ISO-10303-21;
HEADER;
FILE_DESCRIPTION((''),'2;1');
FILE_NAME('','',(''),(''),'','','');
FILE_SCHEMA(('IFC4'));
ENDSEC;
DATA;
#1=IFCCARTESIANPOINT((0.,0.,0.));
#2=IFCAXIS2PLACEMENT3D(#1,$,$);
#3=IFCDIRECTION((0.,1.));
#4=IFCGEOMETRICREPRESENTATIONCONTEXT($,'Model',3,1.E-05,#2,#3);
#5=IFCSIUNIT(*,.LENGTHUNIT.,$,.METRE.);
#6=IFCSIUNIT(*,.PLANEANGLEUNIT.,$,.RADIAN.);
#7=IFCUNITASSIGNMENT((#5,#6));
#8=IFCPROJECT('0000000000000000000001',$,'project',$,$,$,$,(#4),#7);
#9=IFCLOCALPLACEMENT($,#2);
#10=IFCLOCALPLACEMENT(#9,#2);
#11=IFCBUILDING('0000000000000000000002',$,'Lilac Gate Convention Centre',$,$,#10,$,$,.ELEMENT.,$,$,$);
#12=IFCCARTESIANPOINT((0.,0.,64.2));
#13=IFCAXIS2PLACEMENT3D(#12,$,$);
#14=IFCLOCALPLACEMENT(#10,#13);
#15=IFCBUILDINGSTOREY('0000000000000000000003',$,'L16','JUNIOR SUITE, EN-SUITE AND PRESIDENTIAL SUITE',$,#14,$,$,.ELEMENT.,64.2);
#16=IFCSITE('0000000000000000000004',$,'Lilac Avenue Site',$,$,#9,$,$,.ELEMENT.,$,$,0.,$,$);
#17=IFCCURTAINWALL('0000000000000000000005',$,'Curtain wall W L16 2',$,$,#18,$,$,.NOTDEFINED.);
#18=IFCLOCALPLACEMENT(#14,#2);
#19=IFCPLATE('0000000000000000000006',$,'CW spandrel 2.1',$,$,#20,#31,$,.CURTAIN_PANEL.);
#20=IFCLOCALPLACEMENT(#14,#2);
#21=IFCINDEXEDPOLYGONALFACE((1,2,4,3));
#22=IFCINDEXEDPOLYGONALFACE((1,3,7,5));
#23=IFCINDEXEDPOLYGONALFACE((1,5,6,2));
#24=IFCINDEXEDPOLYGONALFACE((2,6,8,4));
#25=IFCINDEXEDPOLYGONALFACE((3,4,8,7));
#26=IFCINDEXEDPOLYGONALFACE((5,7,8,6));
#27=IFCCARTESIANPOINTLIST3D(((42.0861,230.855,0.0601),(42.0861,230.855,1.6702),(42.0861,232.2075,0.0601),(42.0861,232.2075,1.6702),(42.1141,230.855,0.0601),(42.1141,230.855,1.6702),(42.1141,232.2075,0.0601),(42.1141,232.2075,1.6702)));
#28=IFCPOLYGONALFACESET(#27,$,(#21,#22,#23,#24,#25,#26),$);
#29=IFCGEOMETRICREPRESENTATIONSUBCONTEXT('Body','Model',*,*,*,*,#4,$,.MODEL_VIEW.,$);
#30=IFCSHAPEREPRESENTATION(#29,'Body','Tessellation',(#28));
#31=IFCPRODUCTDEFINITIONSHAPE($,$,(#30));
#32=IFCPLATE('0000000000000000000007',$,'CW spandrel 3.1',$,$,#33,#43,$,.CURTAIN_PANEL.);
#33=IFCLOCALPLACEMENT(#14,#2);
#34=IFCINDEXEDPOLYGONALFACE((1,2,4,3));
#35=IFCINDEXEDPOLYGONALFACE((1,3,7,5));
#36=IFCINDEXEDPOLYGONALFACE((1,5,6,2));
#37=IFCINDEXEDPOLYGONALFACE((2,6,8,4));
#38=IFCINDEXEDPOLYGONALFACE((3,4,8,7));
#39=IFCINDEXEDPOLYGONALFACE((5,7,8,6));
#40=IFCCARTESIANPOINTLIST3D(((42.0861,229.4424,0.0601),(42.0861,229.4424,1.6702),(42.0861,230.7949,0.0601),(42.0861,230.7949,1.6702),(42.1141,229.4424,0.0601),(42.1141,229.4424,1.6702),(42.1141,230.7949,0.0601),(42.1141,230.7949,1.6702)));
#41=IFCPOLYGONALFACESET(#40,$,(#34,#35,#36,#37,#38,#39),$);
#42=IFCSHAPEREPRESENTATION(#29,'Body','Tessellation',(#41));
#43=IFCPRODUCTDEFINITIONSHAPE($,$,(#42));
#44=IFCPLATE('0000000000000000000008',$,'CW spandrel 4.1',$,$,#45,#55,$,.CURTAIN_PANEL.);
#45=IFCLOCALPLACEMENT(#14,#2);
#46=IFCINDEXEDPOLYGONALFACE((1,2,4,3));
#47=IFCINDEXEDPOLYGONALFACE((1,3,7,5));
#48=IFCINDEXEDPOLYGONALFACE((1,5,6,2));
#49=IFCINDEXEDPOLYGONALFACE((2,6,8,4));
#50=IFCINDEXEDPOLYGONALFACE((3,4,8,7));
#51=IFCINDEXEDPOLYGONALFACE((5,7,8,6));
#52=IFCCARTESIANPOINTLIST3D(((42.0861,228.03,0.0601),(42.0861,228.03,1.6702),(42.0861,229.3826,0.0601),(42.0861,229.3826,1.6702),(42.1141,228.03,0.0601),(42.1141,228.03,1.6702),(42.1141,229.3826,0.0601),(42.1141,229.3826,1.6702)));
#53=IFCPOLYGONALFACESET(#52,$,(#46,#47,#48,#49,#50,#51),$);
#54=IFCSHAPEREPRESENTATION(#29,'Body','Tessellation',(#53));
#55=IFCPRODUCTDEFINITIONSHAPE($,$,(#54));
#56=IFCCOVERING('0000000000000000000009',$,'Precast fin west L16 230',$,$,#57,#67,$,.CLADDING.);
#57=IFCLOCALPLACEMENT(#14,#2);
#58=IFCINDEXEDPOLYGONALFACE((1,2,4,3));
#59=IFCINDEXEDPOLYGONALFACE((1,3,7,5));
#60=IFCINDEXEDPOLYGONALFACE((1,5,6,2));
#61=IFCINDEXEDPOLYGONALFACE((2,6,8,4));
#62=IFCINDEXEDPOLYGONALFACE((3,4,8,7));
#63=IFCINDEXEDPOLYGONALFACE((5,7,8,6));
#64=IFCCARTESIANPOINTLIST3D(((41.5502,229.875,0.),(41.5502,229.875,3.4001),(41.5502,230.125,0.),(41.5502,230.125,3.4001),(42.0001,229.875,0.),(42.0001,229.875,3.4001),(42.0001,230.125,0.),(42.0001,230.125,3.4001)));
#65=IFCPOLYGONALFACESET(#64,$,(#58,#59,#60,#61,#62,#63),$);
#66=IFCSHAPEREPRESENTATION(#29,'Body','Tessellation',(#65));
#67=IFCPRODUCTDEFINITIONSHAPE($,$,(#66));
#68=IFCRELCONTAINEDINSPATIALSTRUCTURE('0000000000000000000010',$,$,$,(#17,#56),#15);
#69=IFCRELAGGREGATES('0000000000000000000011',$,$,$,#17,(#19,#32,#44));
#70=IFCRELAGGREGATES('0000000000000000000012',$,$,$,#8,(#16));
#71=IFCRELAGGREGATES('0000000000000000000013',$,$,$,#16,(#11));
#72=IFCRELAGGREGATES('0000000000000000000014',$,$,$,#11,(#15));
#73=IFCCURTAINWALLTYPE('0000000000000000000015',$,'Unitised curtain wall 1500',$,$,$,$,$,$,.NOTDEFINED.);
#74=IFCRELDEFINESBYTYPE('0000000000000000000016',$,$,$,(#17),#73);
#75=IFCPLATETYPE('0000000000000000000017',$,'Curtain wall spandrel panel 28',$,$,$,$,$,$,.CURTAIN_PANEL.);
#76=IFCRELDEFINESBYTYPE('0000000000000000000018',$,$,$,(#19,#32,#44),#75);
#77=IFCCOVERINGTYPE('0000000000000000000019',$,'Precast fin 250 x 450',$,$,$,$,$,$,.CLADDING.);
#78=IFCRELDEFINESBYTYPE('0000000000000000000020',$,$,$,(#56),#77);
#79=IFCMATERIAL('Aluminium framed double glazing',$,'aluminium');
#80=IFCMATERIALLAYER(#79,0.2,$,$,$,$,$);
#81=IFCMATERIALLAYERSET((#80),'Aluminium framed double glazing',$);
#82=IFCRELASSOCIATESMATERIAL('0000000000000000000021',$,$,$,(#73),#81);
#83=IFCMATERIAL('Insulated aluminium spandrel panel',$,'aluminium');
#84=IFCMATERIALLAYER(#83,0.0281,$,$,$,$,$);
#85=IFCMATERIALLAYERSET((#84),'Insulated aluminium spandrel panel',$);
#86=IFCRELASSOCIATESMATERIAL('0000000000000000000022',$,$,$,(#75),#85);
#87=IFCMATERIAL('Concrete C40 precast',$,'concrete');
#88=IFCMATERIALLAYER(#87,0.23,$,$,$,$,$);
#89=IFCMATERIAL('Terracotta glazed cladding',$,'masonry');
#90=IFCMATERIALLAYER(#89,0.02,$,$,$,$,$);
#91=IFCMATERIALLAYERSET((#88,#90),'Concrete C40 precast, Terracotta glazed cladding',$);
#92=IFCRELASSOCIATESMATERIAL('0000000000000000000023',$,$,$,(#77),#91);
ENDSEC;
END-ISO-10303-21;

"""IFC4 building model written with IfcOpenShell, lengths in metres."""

from ifc_helpers import new_model, si_unit, direction, frame, frame_2d, origin, origin_2d, place, context, subcontext, project, spatial, rectangle, extrude, material, layer, layer_set, type_object, element, aggregate, save


model = new_model("IFC4")

# Units and contexts
model_context = context("Model", 3, precision=1e-05, world=origin(), true_north=direction((0.0, 1.0)))
body_context = subcontext(model_context, "Body", "Model", "MODEL_VIEW")
ifc_project = project(units=[si_unit("LENGTHUNIT", "METRE"), si_unit("PLANEANGLEUNIT", "RADIAN")], contexts=[model_context])

# Site, building, storey
site_placement = place(None, origin())
site = spatial("IfcSite", under=ifc_project, at=site_placement, Name="Lilac Avenue Site", CompositionType="ELEMENT", RefElevation=0.0)
building_placement = place(site_placement, origin())
building = spatial("IfcBuilding", under=site, at=building_placement, Name="Lilac Gate Convention Centre", CompositionType="ELEMENT")
storey_placement = place(building_placement, frame((0.0, 0.0, 64.2)))
storey = spatial("IfcBuildingStorey", under=building, at=storey_placement, Name="L16", Description="JUNIOR SUITE, EN-SUITE AND PRESIDENTIAL SUITE", CompositionType="ELEMENT", Elevation=64.2)

# Curtain wall, plates
ifc_material_1 = material(Name="Aluminium framed double glazing", Category="aluminium")
ifc_layer_1 = layer(ifc_material_1, 0.2)
ifc_layer_set_1 = layer_set([ifc_layer_1], Name="Aluminium framed double glazing")
curtain_wall_type = type_object("IfcCurtainWallType", Name="Unitised curtain wall 1500", PredefinedType="NOTDEFINED", material=ifc_layer_set_1)
curtain_wall_placement = place(storey_placement, origin())
curtain_wall = element("IfcCurtainWall", 1, at=curtain_wall_placement, inside=storey, type_object=curtain_wall_type, Name="Curtain wall W L16 2", PredefinedType="NOTDEFINED")
ifc_material_2 = material(Name="Insulated aluminium spandrel panel", Category="aluminium")
ifc_layer_2 = layer(ifc_material_2, 0.0281)
ifc_layer_set_2 = layer_set([ifc_layer_2], Name="Insulated aluminium spandrel panel")
plate_type_1 = type_object("IfcPlateType", Name="Curtain wall spandrel panel 28", PredefinedType="CURTAIN_PANEL", material=ifc_layer_set_2)
plate_1_placement = place(storey_placement, frame((42.1001, 231.5312, 0.0601), z_axis=(0.0, 0.0, 1.0), x_axis=(0.0, -1.0, 0.0)))
plate_1 = element("IfcPlate", 2, at=plate_1_placement, type_object=plate_type_1, Name="CW spandrel 2.1", PredefinedType="CURTAIN_PANEL", context=body_context, shape_type="SweptSolid", body=[
    extrude(rectangle(XDim=1.3525, YDim=0.0281, at=origin_2d()), origin(), (0.0, 0.0, 1.0), 1.6101),
])
plate_2_placement = place(storey_placement, frame((42.1001, 230.1187, 0.0601), z_axis=(0.0, 0.0, 1.0), x_axis=(0.0, -1.0, 0.0)))
plate_2 = element("IfcPlate", 3, at=plate_2_placement, type_object=plate_type_1, Name="CW spandrel 3.1", PredefinedType="CURTAIN_PANEL", context=body_context, shape_type="SweptSolid", body=[
    extrude(rectangle(XDim=1.3525, YDim=0.0281, at=origin_2d()), origin(), (0.0, 0.0, 1.0), 1.6101),
])
plate_3_placement = place(storey_placement, frame((42.1001, 228.7063, 0.0601), z_axis=(0.0, 0.0, 1.0), x_axis=(0.0, -1.0, 0.0)))
plate_3 = element("IfcPlate", 4, at=plate_3_placement, type_object=plate_type_1, Name="CW spandrel 4.1", PredefinedType="CURTAIN_PANEL", context=body_context, shape_type="SweptSolid", body=[
    extrude(rectangle(XDim=1.3525, YDim=0.0281, at=origin_2d()), origin(), (0.0, 0.0, 1.0), 1.6101),
])
aggregate(curtain_wall, [plate_1, plate_2, plate_3])

# Covering
ifc_material_3 = material(Name="Concrete C40 precast", Category="concrete")
ifc_layer_3 = layer(ifc_material_3, 0.23)
ifc_material_4 = material(Name="Terracotta glazed cladding", Category="masonry")
ifc_layer_4 = layer(ifc_material_4, 0.02)
ifc_layer_set_3 = layer_set([ifc_layer_3, ifc_layer_4], Name="Concrete C40 precast, Terracotta glazed cladding")
covering_type = type_object("IfcCoveringType", Name="Precast fin 250 x 450", PredefinedType="CLADDING", material=ifc_layer_set_3)
covering_placement = place(storey_placement, frame((41.55, 230.0, 0.0), z_axis=(0.0, 0.0, 1.0), x_axis=(1.0, 0.0, 0.0)))
element("IfcCovering", 5, at=covering_placement, inside=storey, type_object=covering_type, Name="Precast fin west L16 230", PredefinedType="CLADDING", context=body_context, shape_type="SweptSolid", body=[
    extrude(rectangle(XDim=0.45, YDim=0.25, at=frame_2d((0.2251, 0.0))), origin(), (0.0, 0.0, 1.0), 3.4001),
])

save(model, "model.ifc")
